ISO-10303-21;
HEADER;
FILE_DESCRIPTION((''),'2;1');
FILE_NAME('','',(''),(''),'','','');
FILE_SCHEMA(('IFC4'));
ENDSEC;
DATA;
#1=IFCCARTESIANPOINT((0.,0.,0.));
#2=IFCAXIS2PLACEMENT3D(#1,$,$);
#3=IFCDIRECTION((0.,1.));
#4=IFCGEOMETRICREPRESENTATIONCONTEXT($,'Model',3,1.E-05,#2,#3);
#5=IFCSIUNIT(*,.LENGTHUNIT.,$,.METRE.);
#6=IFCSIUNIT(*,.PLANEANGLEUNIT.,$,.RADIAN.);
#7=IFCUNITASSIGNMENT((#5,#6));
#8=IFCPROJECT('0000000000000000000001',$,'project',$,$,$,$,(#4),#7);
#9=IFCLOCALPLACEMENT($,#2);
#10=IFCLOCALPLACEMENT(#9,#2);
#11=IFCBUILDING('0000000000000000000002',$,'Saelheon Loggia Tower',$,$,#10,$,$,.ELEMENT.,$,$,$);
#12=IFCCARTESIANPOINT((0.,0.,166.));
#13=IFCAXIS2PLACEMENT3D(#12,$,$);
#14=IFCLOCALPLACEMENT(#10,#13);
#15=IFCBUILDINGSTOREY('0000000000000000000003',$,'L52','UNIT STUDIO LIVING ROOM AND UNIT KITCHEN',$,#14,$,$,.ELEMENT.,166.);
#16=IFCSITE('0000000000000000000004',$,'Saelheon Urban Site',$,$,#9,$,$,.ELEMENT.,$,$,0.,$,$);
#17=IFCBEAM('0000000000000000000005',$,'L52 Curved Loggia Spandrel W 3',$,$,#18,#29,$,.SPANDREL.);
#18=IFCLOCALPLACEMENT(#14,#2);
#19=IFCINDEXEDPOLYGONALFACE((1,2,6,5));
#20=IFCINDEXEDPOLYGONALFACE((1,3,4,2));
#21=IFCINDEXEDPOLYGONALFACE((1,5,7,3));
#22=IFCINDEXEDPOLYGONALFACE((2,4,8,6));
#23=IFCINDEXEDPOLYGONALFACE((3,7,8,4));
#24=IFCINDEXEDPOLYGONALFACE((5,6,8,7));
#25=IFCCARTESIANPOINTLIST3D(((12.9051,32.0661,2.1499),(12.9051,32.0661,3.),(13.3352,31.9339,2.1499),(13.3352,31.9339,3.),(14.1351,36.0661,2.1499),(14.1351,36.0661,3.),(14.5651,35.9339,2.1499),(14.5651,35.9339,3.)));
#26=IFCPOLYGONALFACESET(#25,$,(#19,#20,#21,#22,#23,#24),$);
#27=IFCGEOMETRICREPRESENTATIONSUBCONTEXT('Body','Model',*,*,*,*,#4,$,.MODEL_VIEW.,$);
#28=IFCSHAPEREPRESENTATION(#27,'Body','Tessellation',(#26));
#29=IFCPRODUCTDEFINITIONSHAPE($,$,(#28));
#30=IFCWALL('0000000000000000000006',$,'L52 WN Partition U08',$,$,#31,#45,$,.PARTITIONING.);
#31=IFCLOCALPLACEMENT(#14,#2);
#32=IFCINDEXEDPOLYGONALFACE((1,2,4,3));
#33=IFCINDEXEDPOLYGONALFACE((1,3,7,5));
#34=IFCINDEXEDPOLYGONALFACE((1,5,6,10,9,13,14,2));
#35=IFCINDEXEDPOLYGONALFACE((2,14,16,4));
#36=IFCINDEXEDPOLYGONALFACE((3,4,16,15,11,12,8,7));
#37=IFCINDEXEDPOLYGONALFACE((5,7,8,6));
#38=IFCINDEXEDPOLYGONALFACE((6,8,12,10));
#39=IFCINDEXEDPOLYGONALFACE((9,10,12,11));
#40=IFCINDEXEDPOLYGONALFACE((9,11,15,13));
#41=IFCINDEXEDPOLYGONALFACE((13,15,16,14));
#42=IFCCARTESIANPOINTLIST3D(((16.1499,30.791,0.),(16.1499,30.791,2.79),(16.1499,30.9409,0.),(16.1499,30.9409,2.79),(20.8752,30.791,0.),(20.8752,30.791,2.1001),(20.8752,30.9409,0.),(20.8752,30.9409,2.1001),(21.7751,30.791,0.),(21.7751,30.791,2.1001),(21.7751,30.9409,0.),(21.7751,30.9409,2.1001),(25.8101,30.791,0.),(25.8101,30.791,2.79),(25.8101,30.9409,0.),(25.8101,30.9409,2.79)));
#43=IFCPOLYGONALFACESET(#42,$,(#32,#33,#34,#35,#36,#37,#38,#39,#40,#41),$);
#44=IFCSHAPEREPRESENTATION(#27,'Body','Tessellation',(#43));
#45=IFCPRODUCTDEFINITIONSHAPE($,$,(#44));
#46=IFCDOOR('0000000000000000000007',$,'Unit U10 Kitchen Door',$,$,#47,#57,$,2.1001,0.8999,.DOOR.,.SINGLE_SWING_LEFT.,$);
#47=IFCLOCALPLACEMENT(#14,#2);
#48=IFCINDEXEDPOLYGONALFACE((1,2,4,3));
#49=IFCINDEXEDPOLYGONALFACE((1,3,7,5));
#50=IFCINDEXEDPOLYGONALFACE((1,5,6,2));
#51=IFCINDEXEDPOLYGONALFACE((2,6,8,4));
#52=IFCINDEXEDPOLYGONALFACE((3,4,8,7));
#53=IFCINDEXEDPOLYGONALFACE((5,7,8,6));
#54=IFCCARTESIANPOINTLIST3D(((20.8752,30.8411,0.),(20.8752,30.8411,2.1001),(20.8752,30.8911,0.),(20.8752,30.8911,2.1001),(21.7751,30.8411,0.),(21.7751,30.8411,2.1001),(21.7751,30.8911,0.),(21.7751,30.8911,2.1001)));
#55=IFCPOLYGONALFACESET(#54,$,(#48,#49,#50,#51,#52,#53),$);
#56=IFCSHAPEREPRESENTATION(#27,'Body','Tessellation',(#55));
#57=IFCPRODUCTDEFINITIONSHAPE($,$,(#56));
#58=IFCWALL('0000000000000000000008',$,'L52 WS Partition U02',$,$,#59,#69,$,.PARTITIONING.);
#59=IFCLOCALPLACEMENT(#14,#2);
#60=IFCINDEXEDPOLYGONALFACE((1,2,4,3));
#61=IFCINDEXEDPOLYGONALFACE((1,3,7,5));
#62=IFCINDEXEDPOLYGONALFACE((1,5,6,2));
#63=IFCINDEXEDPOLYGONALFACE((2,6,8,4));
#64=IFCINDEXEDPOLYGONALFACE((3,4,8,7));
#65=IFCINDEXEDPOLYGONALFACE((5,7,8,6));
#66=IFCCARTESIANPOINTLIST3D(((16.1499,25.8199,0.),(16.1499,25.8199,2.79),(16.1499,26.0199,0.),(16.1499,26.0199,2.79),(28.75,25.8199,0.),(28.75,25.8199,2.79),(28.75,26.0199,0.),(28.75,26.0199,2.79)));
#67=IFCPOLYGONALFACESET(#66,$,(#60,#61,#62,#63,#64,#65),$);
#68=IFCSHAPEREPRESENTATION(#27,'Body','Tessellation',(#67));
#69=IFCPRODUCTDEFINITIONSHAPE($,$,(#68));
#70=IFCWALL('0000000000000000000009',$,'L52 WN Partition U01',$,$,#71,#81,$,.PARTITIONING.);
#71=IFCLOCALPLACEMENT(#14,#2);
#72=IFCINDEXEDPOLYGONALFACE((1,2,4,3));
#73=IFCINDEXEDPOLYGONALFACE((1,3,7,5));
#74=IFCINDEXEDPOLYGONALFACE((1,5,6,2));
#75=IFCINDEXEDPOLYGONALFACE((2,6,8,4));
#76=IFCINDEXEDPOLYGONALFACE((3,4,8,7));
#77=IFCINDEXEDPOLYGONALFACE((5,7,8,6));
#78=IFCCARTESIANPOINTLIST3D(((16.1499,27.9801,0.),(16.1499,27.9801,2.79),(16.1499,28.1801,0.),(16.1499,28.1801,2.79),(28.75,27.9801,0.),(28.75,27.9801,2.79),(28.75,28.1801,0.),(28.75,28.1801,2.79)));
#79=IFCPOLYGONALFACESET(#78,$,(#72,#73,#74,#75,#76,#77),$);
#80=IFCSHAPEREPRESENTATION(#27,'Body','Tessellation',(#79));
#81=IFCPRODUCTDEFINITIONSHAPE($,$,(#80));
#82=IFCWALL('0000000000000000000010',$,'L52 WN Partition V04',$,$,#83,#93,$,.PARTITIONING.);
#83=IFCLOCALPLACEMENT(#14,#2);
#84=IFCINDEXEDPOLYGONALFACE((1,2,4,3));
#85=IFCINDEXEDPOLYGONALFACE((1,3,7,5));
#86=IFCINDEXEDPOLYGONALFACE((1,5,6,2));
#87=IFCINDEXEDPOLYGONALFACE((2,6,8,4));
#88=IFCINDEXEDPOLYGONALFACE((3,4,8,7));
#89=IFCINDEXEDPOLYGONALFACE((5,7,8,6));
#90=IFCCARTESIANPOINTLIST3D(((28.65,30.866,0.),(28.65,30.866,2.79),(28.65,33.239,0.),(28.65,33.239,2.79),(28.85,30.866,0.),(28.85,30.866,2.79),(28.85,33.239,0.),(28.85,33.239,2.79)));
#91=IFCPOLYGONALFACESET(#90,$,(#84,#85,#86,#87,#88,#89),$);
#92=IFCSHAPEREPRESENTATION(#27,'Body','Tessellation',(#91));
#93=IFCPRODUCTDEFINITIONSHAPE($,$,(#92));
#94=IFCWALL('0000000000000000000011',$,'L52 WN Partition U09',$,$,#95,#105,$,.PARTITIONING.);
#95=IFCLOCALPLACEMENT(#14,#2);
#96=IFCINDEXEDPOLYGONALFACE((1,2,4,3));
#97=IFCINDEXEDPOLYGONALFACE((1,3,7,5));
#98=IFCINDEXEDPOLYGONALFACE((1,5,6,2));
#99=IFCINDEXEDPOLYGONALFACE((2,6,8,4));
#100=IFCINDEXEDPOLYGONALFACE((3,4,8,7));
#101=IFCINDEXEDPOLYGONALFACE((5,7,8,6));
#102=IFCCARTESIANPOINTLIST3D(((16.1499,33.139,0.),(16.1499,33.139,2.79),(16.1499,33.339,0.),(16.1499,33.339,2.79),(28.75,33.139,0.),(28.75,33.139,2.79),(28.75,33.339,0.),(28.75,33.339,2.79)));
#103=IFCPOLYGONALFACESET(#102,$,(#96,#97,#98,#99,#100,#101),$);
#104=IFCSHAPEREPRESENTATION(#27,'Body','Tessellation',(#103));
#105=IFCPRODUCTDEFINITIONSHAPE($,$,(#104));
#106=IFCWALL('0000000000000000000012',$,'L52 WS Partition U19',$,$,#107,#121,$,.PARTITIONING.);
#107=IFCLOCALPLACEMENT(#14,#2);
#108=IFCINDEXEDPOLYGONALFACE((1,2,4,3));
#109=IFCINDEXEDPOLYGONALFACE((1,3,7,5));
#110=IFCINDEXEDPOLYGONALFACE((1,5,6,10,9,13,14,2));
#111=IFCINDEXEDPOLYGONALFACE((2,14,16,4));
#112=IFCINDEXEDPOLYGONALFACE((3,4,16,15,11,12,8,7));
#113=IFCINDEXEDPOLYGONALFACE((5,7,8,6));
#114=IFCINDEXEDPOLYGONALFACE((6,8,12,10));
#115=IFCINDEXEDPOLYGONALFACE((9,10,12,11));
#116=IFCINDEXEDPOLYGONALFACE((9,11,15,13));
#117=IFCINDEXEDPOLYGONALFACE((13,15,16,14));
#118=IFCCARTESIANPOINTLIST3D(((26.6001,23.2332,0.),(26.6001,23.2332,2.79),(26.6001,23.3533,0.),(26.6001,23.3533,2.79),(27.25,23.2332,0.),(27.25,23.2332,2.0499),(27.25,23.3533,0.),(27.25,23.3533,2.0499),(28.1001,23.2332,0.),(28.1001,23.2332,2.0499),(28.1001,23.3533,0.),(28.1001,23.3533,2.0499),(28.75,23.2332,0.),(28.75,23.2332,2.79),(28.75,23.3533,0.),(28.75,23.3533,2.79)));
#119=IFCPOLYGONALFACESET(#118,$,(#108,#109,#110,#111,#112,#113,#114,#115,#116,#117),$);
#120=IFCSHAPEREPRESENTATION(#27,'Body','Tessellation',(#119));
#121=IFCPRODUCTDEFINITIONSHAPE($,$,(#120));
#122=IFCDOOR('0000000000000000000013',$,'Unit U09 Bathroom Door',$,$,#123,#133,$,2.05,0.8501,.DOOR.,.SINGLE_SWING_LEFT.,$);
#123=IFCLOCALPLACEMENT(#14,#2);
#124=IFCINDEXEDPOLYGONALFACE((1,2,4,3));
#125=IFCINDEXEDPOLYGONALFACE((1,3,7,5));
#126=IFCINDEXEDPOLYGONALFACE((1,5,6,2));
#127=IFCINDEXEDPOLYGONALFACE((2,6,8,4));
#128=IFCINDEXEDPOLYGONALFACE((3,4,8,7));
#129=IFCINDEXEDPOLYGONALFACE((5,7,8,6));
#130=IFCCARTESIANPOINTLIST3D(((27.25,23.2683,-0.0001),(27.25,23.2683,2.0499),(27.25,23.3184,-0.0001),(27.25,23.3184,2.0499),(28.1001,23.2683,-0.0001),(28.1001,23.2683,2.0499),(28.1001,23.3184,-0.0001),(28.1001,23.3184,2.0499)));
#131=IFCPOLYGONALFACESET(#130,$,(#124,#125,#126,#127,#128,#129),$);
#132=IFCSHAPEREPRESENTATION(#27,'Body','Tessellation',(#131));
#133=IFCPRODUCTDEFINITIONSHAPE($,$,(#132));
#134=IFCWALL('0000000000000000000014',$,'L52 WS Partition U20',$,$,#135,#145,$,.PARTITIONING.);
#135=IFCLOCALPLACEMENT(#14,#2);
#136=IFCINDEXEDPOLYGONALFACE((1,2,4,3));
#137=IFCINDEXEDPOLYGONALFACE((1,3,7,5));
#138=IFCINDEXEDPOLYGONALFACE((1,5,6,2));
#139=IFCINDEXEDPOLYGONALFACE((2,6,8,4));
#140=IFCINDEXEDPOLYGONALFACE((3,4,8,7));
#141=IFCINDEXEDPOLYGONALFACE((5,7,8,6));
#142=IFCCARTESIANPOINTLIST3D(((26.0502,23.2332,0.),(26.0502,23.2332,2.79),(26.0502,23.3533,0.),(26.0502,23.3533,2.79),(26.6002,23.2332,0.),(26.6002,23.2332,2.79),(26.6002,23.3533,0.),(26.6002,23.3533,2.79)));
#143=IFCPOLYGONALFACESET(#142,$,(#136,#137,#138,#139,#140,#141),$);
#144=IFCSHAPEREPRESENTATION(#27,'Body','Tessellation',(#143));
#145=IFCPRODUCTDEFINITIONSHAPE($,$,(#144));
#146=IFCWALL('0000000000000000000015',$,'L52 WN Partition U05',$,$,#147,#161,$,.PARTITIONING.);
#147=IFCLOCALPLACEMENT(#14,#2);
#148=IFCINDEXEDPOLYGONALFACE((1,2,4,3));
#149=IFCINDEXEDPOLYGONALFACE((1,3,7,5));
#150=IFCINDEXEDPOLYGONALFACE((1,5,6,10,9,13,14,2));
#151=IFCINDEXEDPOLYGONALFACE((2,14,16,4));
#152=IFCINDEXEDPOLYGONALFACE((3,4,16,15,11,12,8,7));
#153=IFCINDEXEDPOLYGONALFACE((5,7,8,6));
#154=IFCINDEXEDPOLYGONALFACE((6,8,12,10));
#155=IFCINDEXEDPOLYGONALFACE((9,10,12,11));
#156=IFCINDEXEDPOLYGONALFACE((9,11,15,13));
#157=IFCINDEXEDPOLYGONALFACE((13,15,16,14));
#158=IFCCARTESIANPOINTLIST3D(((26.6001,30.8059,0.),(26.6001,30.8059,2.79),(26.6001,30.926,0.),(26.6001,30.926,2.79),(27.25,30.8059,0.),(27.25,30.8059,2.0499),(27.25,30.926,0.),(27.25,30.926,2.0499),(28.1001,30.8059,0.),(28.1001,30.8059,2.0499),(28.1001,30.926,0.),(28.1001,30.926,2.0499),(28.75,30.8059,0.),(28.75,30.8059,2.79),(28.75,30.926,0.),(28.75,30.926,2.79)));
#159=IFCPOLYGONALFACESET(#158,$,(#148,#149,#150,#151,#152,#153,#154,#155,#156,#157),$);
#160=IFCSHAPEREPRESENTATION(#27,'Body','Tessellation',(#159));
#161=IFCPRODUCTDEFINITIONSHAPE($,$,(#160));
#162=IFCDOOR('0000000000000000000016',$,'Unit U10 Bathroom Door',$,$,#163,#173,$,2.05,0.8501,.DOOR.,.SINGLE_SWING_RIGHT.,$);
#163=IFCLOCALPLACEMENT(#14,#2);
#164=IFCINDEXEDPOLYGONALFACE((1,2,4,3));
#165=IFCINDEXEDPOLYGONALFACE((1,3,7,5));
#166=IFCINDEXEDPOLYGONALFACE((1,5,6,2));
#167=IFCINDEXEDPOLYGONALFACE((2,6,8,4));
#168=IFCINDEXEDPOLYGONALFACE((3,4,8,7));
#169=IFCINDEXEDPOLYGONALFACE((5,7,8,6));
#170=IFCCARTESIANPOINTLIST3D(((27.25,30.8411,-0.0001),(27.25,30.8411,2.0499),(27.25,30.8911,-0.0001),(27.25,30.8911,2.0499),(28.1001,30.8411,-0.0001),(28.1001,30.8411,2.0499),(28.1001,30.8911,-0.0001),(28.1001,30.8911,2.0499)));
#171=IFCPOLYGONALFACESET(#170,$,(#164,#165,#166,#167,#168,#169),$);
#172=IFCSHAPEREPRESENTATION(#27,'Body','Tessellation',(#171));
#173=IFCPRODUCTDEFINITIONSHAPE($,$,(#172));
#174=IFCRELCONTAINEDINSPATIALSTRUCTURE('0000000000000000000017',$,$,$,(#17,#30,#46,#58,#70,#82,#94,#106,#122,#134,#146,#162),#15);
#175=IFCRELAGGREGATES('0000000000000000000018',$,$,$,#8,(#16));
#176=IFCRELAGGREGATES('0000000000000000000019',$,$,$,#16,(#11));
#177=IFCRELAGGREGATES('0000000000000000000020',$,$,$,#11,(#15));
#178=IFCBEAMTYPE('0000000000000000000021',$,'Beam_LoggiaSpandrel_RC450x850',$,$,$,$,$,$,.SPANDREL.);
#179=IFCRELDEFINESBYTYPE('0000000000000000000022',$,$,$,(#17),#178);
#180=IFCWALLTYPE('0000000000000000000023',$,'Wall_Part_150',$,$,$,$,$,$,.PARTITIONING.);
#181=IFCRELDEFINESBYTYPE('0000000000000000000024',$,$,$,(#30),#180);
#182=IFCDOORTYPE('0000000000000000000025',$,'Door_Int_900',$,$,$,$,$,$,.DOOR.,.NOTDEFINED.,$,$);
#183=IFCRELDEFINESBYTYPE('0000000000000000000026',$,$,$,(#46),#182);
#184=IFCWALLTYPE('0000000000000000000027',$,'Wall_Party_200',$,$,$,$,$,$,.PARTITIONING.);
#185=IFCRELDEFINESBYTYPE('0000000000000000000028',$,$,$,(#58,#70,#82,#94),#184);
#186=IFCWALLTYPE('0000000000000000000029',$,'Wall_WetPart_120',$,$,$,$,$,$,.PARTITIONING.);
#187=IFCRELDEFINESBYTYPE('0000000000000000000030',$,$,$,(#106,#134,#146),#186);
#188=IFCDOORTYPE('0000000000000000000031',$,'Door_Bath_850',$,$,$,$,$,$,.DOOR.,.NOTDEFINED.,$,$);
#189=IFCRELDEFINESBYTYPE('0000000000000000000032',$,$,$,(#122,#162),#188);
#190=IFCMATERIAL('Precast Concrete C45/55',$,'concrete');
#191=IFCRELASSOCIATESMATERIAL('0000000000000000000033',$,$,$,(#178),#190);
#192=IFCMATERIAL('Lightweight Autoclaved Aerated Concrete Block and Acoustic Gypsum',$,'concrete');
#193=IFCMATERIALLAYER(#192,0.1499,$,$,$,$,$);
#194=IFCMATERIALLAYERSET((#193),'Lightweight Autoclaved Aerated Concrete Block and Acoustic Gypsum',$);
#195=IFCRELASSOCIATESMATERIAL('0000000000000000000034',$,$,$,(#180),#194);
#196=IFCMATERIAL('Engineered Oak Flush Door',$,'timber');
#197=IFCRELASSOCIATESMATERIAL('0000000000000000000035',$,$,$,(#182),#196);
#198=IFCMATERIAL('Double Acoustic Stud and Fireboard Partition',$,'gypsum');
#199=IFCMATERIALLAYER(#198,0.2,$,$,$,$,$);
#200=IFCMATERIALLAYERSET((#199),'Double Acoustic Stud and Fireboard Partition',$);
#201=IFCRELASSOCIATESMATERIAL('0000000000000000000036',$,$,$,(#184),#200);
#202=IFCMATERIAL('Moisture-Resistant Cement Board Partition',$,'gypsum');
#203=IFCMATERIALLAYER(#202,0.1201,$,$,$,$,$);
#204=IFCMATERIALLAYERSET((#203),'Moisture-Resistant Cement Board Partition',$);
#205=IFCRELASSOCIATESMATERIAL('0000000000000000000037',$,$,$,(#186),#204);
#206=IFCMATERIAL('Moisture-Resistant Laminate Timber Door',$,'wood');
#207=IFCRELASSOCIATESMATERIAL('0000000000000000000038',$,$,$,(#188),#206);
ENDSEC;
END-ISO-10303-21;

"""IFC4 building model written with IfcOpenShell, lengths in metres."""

from ifc_helpers import new_model, si_unit, direction, frame, frame_2d, origin, origin_2d, place, context, subcontext, project, spatial, rectangle, extrude, source, transform, mapped, material, layer, layer_set, material_profile, profile_set, type_object, element, fill, save


model = new_model("IFC4")

# Units and contexts
model_context = context("Model", 3, precision=1e-05, world=origin(), true_north=direction((0.0, 1.0)))
body_context = subcontext(model_context, "Body", "Model", "MODEL_VIEW")
ifc_project = project(units=[si_unit("LENGTHUNIT", "METRE"), si_unit("PLANEANGLEUNIT", "RADIAN")], contexts=[model_context])

# Site, building, storey
site_placement = place(None, origin())
site = spatial("IfcSite", under=ifc_project, at=site_placement, Name="Saelheon Urban Site", CompositionType="ELEMENT", RefElevation=0.0)
building_placement = place(site_placement, origin())
building = spatial("IfcBuilding", under=site, at=building_placement, Name="Saelheon Loggia Tower", CompositionType="ELEMENT")
storey_placement = place(building_placement, frame((0.0, 0.0, 166.0)))
storey = spatial("IfcBuildingStorey", under=building, at=storey_placement, Name="L52", Description="UNIT STUDIO LIVING ROOM AND UNIT KITCHEN", CompositionType="ELEMENT", Elevation=166.0)

# Beam
ifc_material_1 = material(Name="Precast Concrete C45/55", Category="concrete")
ifc_material_profile = material_profile(ifc_material_1, rectangle(XDim=0.45, YDim=0.8501, at=origin_2d()), Name="RC-450x850")
ifc_profile_set = profile_set([ifc_material_profile], Name="Precast Concrete C45/55")
beam_type = type_object("IfcBeamType", Name="Beam_LoggiaSpandrel_RC450x850", PredefinedType="SPANDREL", material=ifc_profile_set)
shared_shape_1 = source(origin(), body_context, "Body", "SweptSolid", [
    extrude(rectangle(XDim=0.45, YDim=0.8501, at=origin_2d()), origin(), (0.0, 0.0, 1.0), 4.1848),
])
beam_placement = place(storey_placement, frame((13.1201, 32.0, 2.575), z_axis=(0.293914, 0.955832, 0.0), x_axis=(-0.955832, 0.293914, 0.0)))
element("IfcBeam", 1, at=beam_placement, inside=storey, type_object=beam_type, Name="L52 Curved Loggia Spandrel W 3", PredefinedType="SPANDREL", context=body_context, shape_type="MappedRepresentation", body=[
    mapped(shared_shape_1, transform((0.0, 0.0, 0.0), scale=1.0)),
])

# Wall, opening, door
ifc_material_2 = material(Name="Lightweight Autoclaved Aerated Concrete Block and Acoustic Gypsum", Category="concrete")
ifc_layer_1 = layer(ifc_material_2, 0.1499)
ifc_layer_set_1 = layer_set([ifc_layer_1], Name="Lightweight Autoclaved Aerated Concrete Block and Acoustic Gypsum")
wall_type_1 = type_object("IfcWallType", Name="Wall_Part_150", PredefinedType="PARTITIONING", material=ifc_layer_set_1)
wall_1_placement = place(storey_placement, frame((25.8101, 30.866, 0.0), z_axis=(0.0, 0.0, 1.0), x_axis=(-1.0, 0.0, 0.0)))
wall_1 = element("IfcWall", 2, at=wall_1_placement, inside=storey, type_object=wall_type_1, Name="L52 WN Partition U08", PredefinedType="PARTITIONING", context=body_context, shape_type="SweptSolid", body=[
    extrude(rectangle(XDim=9.6602, YDim=0.1499, at=frame_2d((4.8301, 0.0))), origin(), (0.0, 0.0, 1.0), 2.79),
])
opening_1_placement = place(wall_1_placement, frame((4.0349, 0.0, 0.0)))
opening_1 = element("IfcOpeningElement", 3, at=opening_1_placement, cuts=wall_1, PredefinedType="OPENING", context=body_context, shape_type="SweptSolid", body=[
    extrude(rectangle(XDim=0.8999, YDim=2.1001, at=frame_2d((0.45, 1.05))), frame((0.0, 0.0869, 0.0), z_axis=(0.0, -1.0, 0.0), x_axis=(1.0, 0.0, 0.0)), (0.0, 0.0, 1.0), 0.1738),
])
ifc_material_3 = material(Name="Engineered Oak Flush Door", Category="timber")
door_type_1 = type_object("IfcDoorType", Name="Door_Int_900", OperationType="NOTDEFINED", PredefinedType="DOOR", material=ifc_material_3)
shared_shape_2 = source(origin(), body_context, "Body", "SweptSolid", [
    extrude(rectangle(XDim=0.8999, YDim=2.1001, at=frame_2d((0.45, 1.05))), frame((0.0, 0.0249, 0.0), z_axis=(0.0, -1.0, 0.0), x_axis=(1.0, 0.0, 0.0)), (0.0, 0.0, 1.0), 0.05),
])
door_1_placement = place(opening_1_placement, origin())
door_1 = element("IfcDoor", 4, at=door_1_placement, inside=storey, type_object=door_type_1, Name="Unit U10 Kitchen Door", OperationType="SINGLE_SWING_LEFT", OverallHeight=2.1001, OverallWidth=0.8999, PredefinedType="DOOR", context=body_context, shape_type="MappedRepresentation", body=[
    mapped(shared_shape_2, transform((0.0, 0.0, 0.0), scale=1.0)),
])
fill(opening_1, door_1)

# Wall
ifc_material_4 = material(Name="Double Acoustic Stud and Fireboard Partition", Category="gypsum")
ifc_layer_2 = layer(ifc_material_4, 0.2)
ifc_layer_set_2 = layer_set([ifc_layer_2], Name="Double Acoustic Stud and Fireboard Partition")
wall_type_2 = type_object("IfcWallType", Name="Wall_Party_200", PredefinedType="PARTITIONING", material=ifc_layer_set_2)
wall_2_placement = place(storey_placement, frame((28.75, 25.9199, 0.0), z_axis=(0.0, 0.0, 1.0), x_axis=(-1.0, 0.0, 0.0)))
element("IfcWall", 5, at=wall_2_placement, inside=storey, type_object=wall_type_2, Name="L52 WS Partition U02", PredefinedType="PARTITIONING", context=body_context, shape_type="SweptSolid", body=[
    extrude(rectangle(XDim=12.6001, YDim=0.2, at=frame_2d((6.3, 0.0))), origin(), (0.0, 0.0, 1.0), 2.79),
])

# Wall
wall_3_placement = place(storey_placement, frame((28.75, 28.0801, 0.0), z_axis=(0.0, 0.0, 1.0), x_axis=(-1.0, 0.0, 0.0)))
element("IfcWall", 6, at=wall_3_placement, inside=storey, type_object=wall_type_2, Name="L52 WN Partition U01", PredefinedType="PARTITIONING", context=body_context, shape_type="SweptSolid", body=[
    extrude(rectangle(XDim=12.6001, YDim=0.2, at=frame_2d((6.3, 0.0))), origin(), (0.0, 0.0, 1.0), 2.79),
])

# Walls
wall_4_placement = place(storey_placement, frame((28.75, 30.866, 0.0), z_axis=(0.0, 0.0, 1.0), x_axis=(0.0, 1.0, 0.0)))
element("IfcWall", 7, at=wall_4_placement, inside=storey, type_object=wall_type_2, Name="L52 WN Partition V04", PredefinedType="PARTITIONING", context=body_context, shape_type="SweptSolid", body=[
    extrude(rectangle(XDim=2.373, YDim=0.2, at=frame_2d((1.1865, 0.0))), origin(), (0.0, 0.0, 1.0), 2.79),
])
wall_5_placement = place(storey_placement, frame((28.75, 33.239, 0.0), z_axis=(0.0, 0.0, 1.0), x_axis=(-1.0, 0.0, 0.0)))
element("IfcWall", 8, at=wall_5_placement, inside=storey, type_object=wall_type_2, Name="L52 WN Partition U09", PredefinedType="PARTITIONING", context=body_context, shape_type="SweptSolid", body=[
    extrude(rectangle(XDim=12.6001, YDim=0.2, at=frame_2d((6.3, 0.0))), origin(), (0.0, 0.0, 1.0), 2.79),
])

# Wall, opening, door
ifc_material_5 = material(Name="Moisture-Resistant Cement Board Partition", Category="gypsum")
ifc_layer_3 = layer(ifc_material_5, 0.1201)
ifc_layer_set_3 = layer_set([ifc_layer_3], Name="Moisture-Resistant Cement Board Partition")
wall_type_3 = type_object("IfcWallType", Name="Wall_WetPart_120", PredefinedType="PARTITIONING", material=ifc_layer_set_3)
wall_6_placement = place(storey_placement, frame((28.75, 23.2932, 0.0), z_axis=(0.0, 0.0, 1.0), x_axis=(-1.0, 0.0, 0.0)))
wall_6 = element("IfcWall", 9, at=wall_6_placement, inside=storey, type_object=wall_type_3, Name="L52 WS Partition U19", PredefinedType="PARTITIONING", context=body_context, shape_type="SweptSolid", body=[
    extrude(rectangle(XDim=2.1499, YDim=0.1201, at=frame_2d((1.075, 0.0))), origin(), (0.0, 0.0, 1.0), 2.79),
])
opening_2_placement = place(wall_6_placement, frame((0.6499, 0.0, 0.0)))
opening_2 = element("IfcOpeningElement", 10, at=opening_2_placement, cuts=wall_6, PredefinedType="OPENING", context=body_context, shape_type="SweptSolid", body=[
    extrude(rectangle(XDim=0.8501, YDim=2.05, at=frame_2d((0.425, 1.0249))), frame((0.0, 0.072, 0.0), z_axis=(0.0, -1.0, 0.0), x_axis=(1.0, 0.0, 0.0)), (0.0, 0.0, 1.0), 0.144),
])
ifc_material_6 = material(Name="Moisture-Resistant Laminate Timber Door", Category="wood")
door_type_2 = type_object("IfcDoorType", Name="Door_Bath_850", OperationType="NOTDEFINED", PredefinedType="DOOR", material=ifc_material_6)
shared_shape_3 = source(origin(), body_context, "Body", "SweptSolid", [
    extrude(rectangle(XDim=0.8501, YDim=2.05, at=frame_2d((0.425, 1.0249))), frame((0.0, 0.0249, 0.0), z_axis=(0.0, -1.0, 0.0), x_axis=(1.0, 0.0, 0.0)), (0.0, 0.0, 1.0), 0.05),
])
door_2_placement = place(opening_2_placement, origin())
door_2 = element("IfcDoor", 11, at=door_2_placement, inside=storey, type_object=door_type_2, Name="Unit U09 Bathroom Door", OperationType="SINGLE_SWING_LEFT", OverallHeight=2.05, OverallWidth=0.8501, PredefinedType="DOOR", context=body_context, shape_type="MappedRepresentation", body=[
    mapped(shared_shape_3, transform((0.0, 0.0, 0.0), scale=1.0)),
])
fill(opening_2, door_2)

# Wall
wall_7_placement = place(storey_placement, frame((26.6001, 23.2932, 0.0), z_axis=(0.0, 0.0, 1.0), x_axis=(-1.0, 0.0, 0.0)))
element("IfcWall", 12, at=wall_7_placement, inside=storey, type_object=wall_type_3, Name="L52 WS Partition U20", PredefinedType="PARTITIONING", context=body_context, shape_type="SweptSolid", body=[
    extrude(rectangle(XDim=0.55, YDim=0.1201, at=frame_2d((0.2749, 0.0))), origin(), (0.0, 0.0, 1.0), 2.79),
])

# Wall, opening, door
wall_8_placement = place(storey_placement, frame((28.75, 30.866, 0.0), z_axis=(0.0, 0.0, 1.0), x_axis=(-1.0, 0.0, 0.0)))
wall_8 = element("IfcWall", 13, at=wall_8_placement, inside=storey, type_object=wall_type_3, Name="L52 WN Partition U05", PredefinedType="PARTITIONING", context=body_context, shape_type="SweptSolid", body=[
    extrude(rectangle(XDim=2.1499, YDim=0.1201, at=frame_2d((1.075, 0.0))), origin(), (0.0, 0.0, 1.0), 2.79),
])
opening_3_placement = place(wall_8_placement, frame((0.6499, 0.0, 0.0)))
opening_3 = element("IfcOpeningElement", 14, at=opening_3_placement, cuts=wall_8, PredefinedType="OPENING", context=body_context, shape_type="SweptSolid", body=[
    extrude(rectangle(XDim=0.8501, YDim=2.05, at=frame_2d((0.425, 1.0249))), frame((0.0, 0.072, 0.0), z_axis=(0.0, -1.0, 0.0), x_axis=(1.0, 0.0, 0.0)), (0.0, 0.0, 1.0), 0.144),
])
door_3_placement = place(opening_3_placement, origin())
door_3 = element("IfcDoor", 15, at=door_3_placement, inside=storey, type_object=door_type_2, Name="Unit U10 Bathroom Door", OperationType="SINGLE_SWING_RIGHT", OverallHeight=2.05, OverallWidth=0.8501, PredefinedType="DOOR", context=body_context, shape_type="MappedRepresentation", body=[
    mapped(shared_shape_3, transform((0.0, 0.0, 0.0), scale=1.0)),
])
fill(opening_3, door_3)

save(model, "model.ifc")
